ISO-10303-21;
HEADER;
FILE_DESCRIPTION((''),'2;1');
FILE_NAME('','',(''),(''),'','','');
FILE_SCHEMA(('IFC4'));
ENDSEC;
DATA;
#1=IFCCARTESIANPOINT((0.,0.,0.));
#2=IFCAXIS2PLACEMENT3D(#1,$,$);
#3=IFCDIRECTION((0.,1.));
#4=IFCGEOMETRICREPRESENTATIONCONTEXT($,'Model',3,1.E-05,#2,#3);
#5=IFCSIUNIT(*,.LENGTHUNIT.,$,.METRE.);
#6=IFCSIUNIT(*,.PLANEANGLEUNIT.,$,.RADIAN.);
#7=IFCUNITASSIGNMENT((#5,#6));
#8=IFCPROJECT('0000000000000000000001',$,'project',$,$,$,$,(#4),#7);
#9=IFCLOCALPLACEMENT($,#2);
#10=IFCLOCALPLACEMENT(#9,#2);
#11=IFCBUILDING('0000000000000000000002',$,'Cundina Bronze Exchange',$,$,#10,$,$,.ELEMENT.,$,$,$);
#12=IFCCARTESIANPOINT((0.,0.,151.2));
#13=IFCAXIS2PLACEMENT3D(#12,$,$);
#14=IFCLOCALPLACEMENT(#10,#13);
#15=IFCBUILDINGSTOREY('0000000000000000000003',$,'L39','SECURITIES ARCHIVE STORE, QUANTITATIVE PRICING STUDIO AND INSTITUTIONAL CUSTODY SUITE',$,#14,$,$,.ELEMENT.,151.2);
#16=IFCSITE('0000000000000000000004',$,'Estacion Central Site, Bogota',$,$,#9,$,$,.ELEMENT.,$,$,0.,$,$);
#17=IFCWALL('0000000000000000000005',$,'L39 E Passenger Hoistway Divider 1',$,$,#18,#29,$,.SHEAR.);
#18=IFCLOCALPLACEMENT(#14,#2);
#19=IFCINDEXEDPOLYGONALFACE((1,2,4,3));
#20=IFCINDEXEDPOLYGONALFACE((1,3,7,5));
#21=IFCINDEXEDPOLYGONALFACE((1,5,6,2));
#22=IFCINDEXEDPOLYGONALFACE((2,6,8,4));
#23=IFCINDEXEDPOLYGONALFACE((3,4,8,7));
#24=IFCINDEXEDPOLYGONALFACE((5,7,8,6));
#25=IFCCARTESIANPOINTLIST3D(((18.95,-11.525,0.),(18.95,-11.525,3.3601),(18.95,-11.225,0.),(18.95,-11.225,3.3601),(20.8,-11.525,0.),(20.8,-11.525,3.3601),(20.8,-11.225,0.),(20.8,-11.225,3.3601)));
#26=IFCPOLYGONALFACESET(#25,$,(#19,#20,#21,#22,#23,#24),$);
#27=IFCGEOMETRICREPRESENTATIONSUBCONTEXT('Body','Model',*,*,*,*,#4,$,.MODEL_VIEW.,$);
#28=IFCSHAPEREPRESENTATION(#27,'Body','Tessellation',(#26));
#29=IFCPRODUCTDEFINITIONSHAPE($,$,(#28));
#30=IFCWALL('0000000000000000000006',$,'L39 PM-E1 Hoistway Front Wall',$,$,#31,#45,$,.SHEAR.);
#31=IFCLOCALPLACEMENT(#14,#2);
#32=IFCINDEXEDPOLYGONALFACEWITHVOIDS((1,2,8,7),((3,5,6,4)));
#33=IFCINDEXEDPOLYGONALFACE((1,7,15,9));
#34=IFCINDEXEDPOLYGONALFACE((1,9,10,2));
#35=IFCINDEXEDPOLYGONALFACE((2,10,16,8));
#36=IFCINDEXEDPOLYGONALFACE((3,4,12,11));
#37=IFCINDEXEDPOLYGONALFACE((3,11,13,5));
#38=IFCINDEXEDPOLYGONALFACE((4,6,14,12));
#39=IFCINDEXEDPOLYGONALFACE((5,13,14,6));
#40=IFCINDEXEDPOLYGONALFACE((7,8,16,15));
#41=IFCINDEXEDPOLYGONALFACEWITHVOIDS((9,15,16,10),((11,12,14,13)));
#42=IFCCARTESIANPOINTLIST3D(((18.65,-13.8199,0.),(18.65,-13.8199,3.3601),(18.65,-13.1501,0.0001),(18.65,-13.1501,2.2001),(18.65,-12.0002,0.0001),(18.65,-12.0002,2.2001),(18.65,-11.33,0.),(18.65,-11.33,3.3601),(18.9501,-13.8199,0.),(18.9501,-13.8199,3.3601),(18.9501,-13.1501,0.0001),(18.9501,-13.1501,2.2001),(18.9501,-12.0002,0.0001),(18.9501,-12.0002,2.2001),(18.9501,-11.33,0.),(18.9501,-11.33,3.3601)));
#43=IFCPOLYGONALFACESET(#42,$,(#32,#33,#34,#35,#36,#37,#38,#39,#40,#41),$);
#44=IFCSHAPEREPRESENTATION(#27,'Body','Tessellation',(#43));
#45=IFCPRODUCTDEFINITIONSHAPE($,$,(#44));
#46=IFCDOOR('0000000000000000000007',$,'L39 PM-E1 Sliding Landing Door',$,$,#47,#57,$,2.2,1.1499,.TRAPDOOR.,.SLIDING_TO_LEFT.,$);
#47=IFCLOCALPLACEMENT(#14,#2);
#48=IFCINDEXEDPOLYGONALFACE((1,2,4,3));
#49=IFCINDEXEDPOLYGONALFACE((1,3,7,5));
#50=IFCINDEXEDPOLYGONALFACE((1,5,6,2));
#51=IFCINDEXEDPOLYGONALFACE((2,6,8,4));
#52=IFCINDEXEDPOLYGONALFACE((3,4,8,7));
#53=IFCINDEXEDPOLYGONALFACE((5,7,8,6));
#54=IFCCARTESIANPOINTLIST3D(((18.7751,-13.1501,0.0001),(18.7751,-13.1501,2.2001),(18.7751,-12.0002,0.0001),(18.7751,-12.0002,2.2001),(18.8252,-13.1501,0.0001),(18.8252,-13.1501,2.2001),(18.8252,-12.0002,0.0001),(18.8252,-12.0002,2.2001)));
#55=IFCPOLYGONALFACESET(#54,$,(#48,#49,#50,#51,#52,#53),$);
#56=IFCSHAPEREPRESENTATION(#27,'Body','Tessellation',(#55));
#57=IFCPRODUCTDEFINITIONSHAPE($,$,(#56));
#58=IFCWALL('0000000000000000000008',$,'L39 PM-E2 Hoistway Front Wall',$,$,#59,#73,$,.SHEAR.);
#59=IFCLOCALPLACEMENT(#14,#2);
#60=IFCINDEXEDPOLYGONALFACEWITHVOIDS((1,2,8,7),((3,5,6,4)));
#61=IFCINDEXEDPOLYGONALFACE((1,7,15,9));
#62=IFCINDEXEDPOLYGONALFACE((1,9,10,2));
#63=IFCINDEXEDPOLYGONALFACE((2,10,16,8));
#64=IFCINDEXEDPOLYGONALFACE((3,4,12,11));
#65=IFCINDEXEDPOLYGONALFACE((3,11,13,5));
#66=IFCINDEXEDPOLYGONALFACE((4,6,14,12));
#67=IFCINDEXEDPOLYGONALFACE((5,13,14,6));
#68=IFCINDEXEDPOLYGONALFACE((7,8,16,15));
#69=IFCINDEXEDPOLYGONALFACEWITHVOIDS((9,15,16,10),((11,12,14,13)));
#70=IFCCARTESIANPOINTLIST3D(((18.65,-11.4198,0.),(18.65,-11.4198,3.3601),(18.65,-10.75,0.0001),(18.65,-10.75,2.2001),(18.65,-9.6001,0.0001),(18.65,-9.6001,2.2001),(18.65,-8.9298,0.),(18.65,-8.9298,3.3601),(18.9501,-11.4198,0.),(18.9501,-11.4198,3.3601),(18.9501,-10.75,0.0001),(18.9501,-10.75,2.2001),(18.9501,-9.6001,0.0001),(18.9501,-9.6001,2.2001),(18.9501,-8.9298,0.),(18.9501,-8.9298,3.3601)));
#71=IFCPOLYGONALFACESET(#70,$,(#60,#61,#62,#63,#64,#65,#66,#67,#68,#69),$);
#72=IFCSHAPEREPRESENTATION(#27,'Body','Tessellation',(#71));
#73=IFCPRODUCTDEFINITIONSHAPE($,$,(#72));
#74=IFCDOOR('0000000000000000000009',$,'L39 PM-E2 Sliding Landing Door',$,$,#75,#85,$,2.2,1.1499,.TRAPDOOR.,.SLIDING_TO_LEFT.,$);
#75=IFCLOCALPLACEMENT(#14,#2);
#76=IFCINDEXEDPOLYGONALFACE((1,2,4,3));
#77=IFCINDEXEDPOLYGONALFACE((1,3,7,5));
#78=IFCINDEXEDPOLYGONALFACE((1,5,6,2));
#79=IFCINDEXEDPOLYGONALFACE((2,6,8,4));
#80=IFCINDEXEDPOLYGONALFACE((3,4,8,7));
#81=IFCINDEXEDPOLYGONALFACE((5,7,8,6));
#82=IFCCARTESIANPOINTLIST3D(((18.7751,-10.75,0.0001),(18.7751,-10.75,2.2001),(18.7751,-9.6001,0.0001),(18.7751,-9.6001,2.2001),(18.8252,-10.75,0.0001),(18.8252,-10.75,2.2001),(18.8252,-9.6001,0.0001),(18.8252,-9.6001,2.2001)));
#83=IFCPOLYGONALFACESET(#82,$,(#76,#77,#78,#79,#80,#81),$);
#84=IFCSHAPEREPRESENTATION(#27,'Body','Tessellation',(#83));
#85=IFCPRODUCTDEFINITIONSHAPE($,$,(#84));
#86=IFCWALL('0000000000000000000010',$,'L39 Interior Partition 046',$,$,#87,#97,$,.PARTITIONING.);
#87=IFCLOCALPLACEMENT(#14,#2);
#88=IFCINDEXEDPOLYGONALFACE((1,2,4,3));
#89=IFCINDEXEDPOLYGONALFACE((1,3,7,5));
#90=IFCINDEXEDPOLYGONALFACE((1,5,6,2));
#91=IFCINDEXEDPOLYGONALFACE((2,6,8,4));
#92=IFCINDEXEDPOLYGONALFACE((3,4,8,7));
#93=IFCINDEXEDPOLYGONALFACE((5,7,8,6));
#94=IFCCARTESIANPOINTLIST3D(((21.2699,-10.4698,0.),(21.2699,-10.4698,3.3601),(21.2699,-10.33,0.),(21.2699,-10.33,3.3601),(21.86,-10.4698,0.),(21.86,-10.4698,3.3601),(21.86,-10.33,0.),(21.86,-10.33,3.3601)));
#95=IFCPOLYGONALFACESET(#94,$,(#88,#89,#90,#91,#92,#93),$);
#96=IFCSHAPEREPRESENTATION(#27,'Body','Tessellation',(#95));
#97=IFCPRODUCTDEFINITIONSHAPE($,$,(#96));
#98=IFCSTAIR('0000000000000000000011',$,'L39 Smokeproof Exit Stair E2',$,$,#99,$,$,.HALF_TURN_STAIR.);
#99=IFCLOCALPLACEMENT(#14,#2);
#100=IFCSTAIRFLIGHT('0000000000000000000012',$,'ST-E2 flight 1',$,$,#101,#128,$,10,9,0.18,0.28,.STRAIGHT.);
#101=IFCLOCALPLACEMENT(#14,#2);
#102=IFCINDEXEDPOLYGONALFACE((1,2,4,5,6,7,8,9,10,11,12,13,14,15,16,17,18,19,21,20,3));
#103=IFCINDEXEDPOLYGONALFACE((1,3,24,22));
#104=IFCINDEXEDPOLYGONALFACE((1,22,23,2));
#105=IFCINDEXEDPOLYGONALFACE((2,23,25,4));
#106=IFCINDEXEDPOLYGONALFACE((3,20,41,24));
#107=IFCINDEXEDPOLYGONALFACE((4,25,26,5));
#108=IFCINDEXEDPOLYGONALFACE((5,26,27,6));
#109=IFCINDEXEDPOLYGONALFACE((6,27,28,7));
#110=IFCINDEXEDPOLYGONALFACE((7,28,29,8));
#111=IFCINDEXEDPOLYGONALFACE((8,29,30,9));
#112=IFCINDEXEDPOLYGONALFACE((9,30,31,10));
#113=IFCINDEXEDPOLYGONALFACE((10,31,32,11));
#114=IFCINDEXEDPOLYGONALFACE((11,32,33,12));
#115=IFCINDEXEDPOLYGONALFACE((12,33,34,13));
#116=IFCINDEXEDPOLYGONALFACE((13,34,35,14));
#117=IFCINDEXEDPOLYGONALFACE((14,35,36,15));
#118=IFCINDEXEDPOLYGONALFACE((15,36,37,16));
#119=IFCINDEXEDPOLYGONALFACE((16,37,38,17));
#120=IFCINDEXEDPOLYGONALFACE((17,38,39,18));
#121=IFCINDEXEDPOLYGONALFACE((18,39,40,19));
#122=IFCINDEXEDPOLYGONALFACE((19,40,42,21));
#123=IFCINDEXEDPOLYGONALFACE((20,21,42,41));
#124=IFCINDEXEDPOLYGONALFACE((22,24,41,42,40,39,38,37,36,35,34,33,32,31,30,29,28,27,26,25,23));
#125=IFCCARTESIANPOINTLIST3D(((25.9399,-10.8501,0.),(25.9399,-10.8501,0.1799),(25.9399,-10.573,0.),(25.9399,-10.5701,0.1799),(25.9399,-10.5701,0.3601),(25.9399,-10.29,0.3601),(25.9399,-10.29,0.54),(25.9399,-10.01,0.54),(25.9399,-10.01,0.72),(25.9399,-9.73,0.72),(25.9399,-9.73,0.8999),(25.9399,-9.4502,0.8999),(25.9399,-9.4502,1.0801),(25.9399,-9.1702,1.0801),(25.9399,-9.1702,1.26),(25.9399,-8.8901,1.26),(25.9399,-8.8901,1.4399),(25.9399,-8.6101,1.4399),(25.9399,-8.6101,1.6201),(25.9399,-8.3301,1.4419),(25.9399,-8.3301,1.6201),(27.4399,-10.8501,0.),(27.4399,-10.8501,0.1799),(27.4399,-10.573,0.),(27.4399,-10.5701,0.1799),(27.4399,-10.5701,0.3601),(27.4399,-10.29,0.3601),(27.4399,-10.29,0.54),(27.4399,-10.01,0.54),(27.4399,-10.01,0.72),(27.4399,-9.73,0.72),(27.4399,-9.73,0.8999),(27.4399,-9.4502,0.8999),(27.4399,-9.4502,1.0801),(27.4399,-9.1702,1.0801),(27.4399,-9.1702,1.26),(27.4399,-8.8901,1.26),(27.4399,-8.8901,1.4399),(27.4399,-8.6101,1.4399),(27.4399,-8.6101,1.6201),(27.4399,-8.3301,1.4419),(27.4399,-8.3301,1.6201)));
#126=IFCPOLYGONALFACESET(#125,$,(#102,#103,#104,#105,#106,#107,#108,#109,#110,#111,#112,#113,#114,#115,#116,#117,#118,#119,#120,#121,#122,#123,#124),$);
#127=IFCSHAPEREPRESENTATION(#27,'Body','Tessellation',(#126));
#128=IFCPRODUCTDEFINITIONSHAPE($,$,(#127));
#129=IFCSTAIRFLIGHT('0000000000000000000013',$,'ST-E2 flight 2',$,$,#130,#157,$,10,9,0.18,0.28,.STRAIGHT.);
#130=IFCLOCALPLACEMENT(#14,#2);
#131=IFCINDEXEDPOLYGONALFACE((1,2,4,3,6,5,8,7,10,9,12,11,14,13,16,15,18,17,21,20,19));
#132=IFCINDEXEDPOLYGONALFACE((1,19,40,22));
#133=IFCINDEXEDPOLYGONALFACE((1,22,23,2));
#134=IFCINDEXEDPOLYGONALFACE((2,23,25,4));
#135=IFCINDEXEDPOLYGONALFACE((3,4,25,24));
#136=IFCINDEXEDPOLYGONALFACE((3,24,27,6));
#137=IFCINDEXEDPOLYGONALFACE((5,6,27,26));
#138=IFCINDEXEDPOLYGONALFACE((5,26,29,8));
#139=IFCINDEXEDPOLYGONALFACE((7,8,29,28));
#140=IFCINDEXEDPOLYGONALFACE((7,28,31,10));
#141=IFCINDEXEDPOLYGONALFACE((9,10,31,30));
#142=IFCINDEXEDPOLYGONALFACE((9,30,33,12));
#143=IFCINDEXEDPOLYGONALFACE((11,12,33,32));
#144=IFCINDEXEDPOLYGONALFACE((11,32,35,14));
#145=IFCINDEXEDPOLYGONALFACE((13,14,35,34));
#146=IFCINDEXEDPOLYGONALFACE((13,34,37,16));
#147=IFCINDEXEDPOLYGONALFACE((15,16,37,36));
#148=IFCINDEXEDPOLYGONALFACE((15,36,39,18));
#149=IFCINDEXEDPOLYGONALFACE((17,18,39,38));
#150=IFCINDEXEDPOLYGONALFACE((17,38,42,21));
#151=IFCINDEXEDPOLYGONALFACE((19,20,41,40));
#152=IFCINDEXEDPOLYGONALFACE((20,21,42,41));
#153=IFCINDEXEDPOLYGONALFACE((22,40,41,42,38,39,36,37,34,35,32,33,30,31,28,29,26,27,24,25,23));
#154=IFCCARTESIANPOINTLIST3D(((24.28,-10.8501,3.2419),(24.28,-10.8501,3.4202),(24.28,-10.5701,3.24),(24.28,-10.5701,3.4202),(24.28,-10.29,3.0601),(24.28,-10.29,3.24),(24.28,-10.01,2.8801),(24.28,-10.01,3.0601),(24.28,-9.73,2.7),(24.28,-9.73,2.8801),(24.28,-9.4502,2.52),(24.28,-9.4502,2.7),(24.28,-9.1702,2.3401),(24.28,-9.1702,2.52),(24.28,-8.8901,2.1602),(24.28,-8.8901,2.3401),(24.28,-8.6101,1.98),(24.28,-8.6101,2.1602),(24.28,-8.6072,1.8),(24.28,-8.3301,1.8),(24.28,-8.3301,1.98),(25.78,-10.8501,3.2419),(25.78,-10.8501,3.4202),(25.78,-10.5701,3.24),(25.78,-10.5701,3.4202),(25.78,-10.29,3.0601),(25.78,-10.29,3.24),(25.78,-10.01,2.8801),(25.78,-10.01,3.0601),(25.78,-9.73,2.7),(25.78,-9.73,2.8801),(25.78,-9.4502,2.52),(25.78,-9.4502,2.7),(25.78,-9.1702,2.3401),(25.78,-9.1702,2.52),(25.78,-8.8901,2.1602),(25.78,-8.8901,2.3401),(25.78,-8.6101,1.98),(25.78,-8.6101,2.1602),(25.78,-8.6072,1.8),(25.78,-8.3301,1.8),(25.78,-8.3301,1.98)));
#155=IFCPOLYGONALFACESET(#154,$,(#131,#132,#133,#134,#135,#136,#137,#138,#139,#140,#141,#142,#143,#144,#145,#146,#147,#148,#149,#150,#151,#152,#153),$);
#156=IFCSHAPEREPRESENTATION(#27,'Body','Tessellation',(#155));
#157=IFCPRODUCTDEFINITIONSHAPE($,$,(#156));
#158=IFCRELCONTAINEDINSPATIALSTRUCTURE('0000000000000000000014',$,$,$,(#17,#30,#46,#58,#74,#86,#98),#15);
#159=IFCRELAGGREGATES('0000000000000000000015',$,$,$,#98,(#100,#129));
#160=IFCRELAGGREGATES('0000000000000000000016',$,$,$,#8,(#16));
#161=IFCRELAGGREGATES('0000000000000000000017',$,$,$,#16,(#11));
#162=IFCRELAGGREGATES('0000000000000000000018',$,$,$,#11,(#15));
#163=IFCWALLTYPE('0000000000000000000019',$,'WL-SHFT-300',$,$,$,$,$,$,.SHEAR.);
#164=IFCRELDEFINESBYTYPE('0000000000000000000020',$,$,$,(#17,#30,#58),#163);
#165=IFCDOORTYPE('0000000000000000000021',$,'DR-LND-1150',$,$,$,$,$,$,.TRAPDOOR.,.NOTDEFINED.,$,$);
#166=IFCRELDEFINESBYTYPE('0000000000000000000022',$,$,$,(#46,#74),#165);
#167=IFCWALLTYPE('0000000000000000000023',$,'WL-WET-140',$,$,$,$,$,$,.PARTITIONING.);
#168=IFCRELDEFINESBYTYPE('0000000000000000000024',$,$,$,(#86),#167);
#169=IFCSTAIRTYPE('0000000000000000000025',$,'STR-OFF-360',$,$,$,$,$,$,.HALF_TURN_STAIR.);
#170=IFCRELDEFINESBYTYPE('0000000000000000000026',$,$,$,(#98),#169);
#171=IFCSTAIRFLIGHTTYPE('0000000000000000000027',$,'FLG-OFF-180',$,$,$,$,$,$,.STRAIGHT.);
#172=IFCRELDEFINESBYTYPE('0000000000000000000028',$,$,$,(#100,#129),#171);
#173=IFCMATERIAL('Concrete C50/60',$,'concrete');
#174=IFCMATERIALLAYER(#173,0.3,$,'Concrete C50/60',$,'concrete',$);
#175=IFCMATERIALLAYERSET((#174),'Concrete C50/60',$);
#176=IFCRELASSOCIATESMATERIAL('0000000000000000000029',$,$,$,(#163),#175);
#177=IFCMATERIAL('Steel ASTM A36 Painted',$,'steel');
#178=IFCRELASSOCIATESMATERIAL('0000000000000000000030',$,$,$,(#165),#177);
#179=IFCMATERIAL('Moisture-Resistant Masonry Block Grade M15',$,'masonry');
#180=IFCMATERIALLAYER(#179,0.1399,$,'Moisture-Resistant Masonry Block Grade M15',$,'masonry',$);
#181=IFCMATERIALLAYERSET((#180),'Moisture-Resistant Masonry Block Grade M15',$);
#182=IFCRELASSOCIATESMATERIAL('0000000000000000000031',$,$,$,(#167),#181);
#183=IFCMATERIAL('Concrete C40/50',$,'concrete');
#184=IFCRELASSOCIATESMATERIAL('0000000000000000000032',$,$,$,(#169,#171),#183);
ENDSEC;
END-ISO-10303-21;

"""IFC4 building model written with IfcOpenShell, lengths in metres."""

from ifc_helpers import new_model, si_unit, direction, frame, frame_2d, origin, place, context, subcontext, project, spatial, polyline, rectangle, outline, extrude, material, layer, layer_set, type_object, element, fill, aggregate, save


model = new_model("IFC4")

# Units and contexts
model_context = context("Model", 3, precision=1e-05, world=origin(), true_north=direction((0.0, 1.0)))
body_context = subcontext(model_context, "Body", "Model", "MODEL_VIEW")
ifc_project = project(units=[si_unit("LENGTHUNIT", "METRE"), si_unit("PLANEANGLEUNIT", "RADIAN")], contexts=[model_context])

# Site, building, storey
site_placement = place(None, origin())
site = spatial("IfcSite", under=ifc_project, at=site_placement, Name="Estacion Central Site, Bogota", CompositionType="ELEMENT", RefElevation=0.0)
building_placement = place(site_placement, origin())
building = spatial("IfcBuilding", under=site, at=building_placement, Name="Cundina Bronze Exchange", CompositionType="ELEMENT")
storey_placement = place(building_placement, frame((0.0, 0.0, 151.2)))
storey = spatial("IfcBuildingStorey", under=building, at=storey_placement, Name="L39", Description="SECURITIES ARCHIVE STORE, QUANTITATIVE PRICING STUDIO AND INSTITUTIONAL CUSTODY SUITE", CompositionType="ELEMENT", Elevation=151.2)

# Shared definitions
ifc_material_1 = material(Name="Concrete C50/60", Category="concrete")

# Shared definitions
ifc_layer_1 = layer(ifc_material_1, 0.3, Name="Concrete C50/60", Category="concrete")
ifc_layer_set_1 = layer_set([ifc_layer_1], Name="Concrete C50/60")
wall_type_1 = type_object("IfcWallType", Name="WL-SHFT-300", PredefinedType="SHEAR", material=ifc_layer_set_1)

# Shared definitions
ifc_material_2 = material(Name="Steel ASTM A36 Painted", Category="steel")
door_type_1 = type_object("IfcDoorType", Name="DR-LND-1150", OperationType="NOTDEFINED", PredefinedType="TRAPDOOR", material=ifc_material_2)

# Wall
wall_1_placement = place(storey_placement, frame((18.95, -11.375, 0.0), z_axis=(0.0, 0.0, 1.0), x_axis=(1.0, 0.0, 0.0)))
element("IfcWall", 1, at=wall_1_placement, inside=storey, type_object=wall_type_1, Name="L39 E Passenger Hoistway Divider 1", PredefinedType="SHEAR", context=body_context, shape_type="SweptSolid", body=[
    extrude(rectangle(XDim=1.8501, YDim=0.3, at=frame_2d((0.925, 0.0))), origin(), (0.0, 0.0, 1.0), 3.3601),
])

# Walls, openings, doors
wall_2_placement = place(storey_placement, frame((18.8, -13.8201, 0.0), z_axis=(0.0, 0.0, 1.0), x_axis=(0.0, 1.0, 0.0)))
wall_2 = element("IfcWall", 2, at=wall_2_placement, inside=storey, type_object=wall_type_1, Name="L39 PM-E1 Hoistway Front Wall", PredefinedType="SHEAR", context=body_context, shape_type="SweptSolid", body=[
    extrude(rectangle(XDim=2.49, YDim=0.3, at=frame_2d((1.2451, 0.0))), origin(), (0.0, 0.0, 1.0), 3.3601),
])
opening_1_placement = place(wall_2_placement, frame((0.6699, 0.0, 0.0)))
opening_1 = element("IfcOpeningElement", 3, at=opening_1_placement, cuts=wall_2, PredefinedType="OPENING", context=body_context, shape_type="SweptSolid", body=[
    extrude(rectangle(XDim=1.1499, YDim=2.2, at=frame_2d((0.575, 1.1001))), frame((0.0, 0.1599, 0.0), z_axis=(0.0, -1.0, 0.0), x_axis=(1.0, 0.0, 0.0)), (0.0, 0.0, 1.0), 0.3201),
])
door_1_placement = place(opening_1_placement, origin())
door_1 = element("IfcDoor", 4, at=door_1_placement, inside=storey, type_object=door_type_1, Name="L39 PM-E1 Sliding Landing Door", OperationType="SLIDING_TO_LEFT", OverallHeight=2.2, OverallWidth=1.1499, PredefinedType="TRAPDOOR", context=body_context, shape_type="SweptSolid", body=[
    extrude(rectangle(XDim=1.1499, YDim=2.2, at=frame_2d((0.575, 1.1001))), frame((0.0, 0.0249, 0.0), z_axis=(0.0, -1.0, 0.0), x_axis=(1.0, 0.0, 0.0)), (0.0, 0.0, 1.0), 0.05),
])
fill(opening_1, door_1)
wall_3_placement = place(storey_placement, frame((18.8, -11.4199, 0.0), z_axis=(0.0, 0.0, 1.0), x_axis=(0.0, 1.0, 0.0)))
wall_3 = element("IfcWall", 5, at=wall_3_placement, inside=storey, type_object=wall_type_1, Name="L39 PM-E2 Hoistway Front Wall", PredefinedType="SHEAR", context=body_context, shape_type="SweptSolid", body=[
    extrude(rectangle(XDim=2.49, YDim=0.3, at=frame_2d((1.2451, 0.0))), origin(), (0.0, 0.0, 1.0), 3.3601),
])
opening_2_placement = place(wall_3_placement, frame((0.6699, 0.0, 0.0)))
opening_2 = element("IfcOpeningElement", 6, at=opening_2_placement, cuts=wall_3, PredefinedType="OPENING", context=body_context, shape_type="SweptSolid", body=[
    extrude(rectangle(XDim=1.1499, YDim=2.2, at=frame_2d((0.575, 1.1001))), frame((0.0, 0.1599, 0.0), z_axis=(0.0, -1.0, 0.0), x_axis=(1.0, 0.0, 0.0)), (0.0, 0.0, 1.0), 0.3201),
])
door_2_placement = place(opening_2_placement, origin())
door_2 = element("IfcDoor", 7, at=door_2_placement, inside=storey, type_object=door_type_1, Name="L39 PM-E2 Sliding Landing Door", OperationType="SLIDING_TO_LEFT", OverallHeight=2.2, OverallWidth=1.1499, PredefinedType="TRAPDOOR", context=body_context, shape_type="SweptSolid", body=[
    extrude(rectangle(XDim=1.1499, YDim=2.2, at=frame_2d((0.575, 1.1001))), frame((0.0, 0.0249, 0.0), z_axis=(0.0, -1.0, 0.0), x_axis=(1.0, 0.0, 0.0)), (0.0, 0.0, 1.0), 0.05),
])
fill(opening_2, door_2)

# Wall
ifc_material_3 = material(Name="Moisture-Resistant Masonry Block Grade M15", Category="masonry")
ifc_layer_2 = layer(ifc_material_3, 0.1399, Name="Moisture-Resistant Masonry Block Grade M15", Category="masonry")
ifc_layer_set_2 = layer_set([ifc_layer_2], Name="Moisture-Resistant Masonry Block Grade M15")
wall_type_2 = type_object("IfcWallType", Name="WL-WET-140", PredefinedType="PARTITIONING", material=ifc_layer_set_2)
wall_4_placement = place(storey_placement, frame((21.27, -10.3999, 0.0), z_axis=(0.0, 0.0, 1.0), x_axis=(1.0, 0.0, 0.0)))
element("IfcWall", 8, at=wall_4_placement, inside=storey, type_object=wall_type_2, Name="L39 Interior Partition 046", PredefinedType="PARTITIONING", context=body_context, shape_type="SweptSolid", body=[
    extrude(rectangle(XDim=0.5901, YDim=0.1399, at=frame_2d((0.2949, 0.0))), origin(), (0.0, 0.0, 1.0), 3.3601),
])

# Stair, stair flights
ifc_material_4 = material(Name="Concrete C40/50", Category="concrete")
stair_type = type_object("IfcStairType", Name="STR-OFF-360", PredefinedType="HALF_TURN_STAIR", material=ifc_material_4)
stair_placement = place(storey_placement, origin())
stair = element("IfcStair", 9, at=stair_placement, inside=storey, type_object=stair_type, Name="L39 Smokeproof Exit Stair E2", PredefinedType="HALF_TURN_STAIR")
stair_flight_type = type_object("IfcStairFlightType", Name="FLG-OFF-180", PredefinedType="STRAIGHT", material=ifc_material_4)
stair_flight_1_placement = place(storey_placement, frame((26.6899, -10.8501, 0.0), z_axis=(0.0, 0.0, 1.0), x_axis=(0.0, 1.0, 0.0)))
stair_flight_1 = element("IfcStairFlight", 10, at=stair_flight_1_placement, type_object=stair_flight_type, Name="ST-E2 flight 1", NumberOfRisers=10, NumberOfTreads=9, PredefinedType="STRAIGHT", RiserHeight=0.18, TreadLength=0.28, context=body_context, shape_type="SweptSolid", body=[
    extrude(outline(polyline([(0.0, 0.0), (0.0, 0.1799), (0.28, 0.1799), (0.28, 0.3601), (0.5601, 0.3601), (0.5601, 0.54), (0.8401, 0.54), (0.8401, 0.72), (1.1201, 0.72), (1.1201, 0.8999), (1.3999, 0.8999), (1.3999, 1.0801), (1.6799, 1.0801), (1.6799, 1.26), (1.96, 1.26), (1.96, 1.4399), (2.24, 1.4399), (2.24, 1.6201), (2.52, 1.6201), (2.52, 1.8), (2.52, 1.4419), (0.2771, 0.0), (0.0, 0.0)])), frame((0.0, 0.75, 0.0), z_axis=(0.0, -1.0, 0.0), x_axis=(1.0, 0.0, 0.0)), (0.0, 0.0, 1.0), 1.5),
])
stair_flight_2_placement = place(storey_placement, frame((25.03, -8.3301, 1.8), z_axis=(0.0, 0.0, 1.0), x_axis=(0.0, -1.0, 0.0)))
stair_flight_2 = element("IfcStairFlight", 11, at=stair_flight_2_placement, type_object=stair_flight_type, Name="ST-E2 flight 2", NumberOfRisers=10, NumberOfTreads=9, PredefinedType="STRAIGHT", RiserHeight=0.18, TreadLength=0.28, context=body_context, shape_type="SweptSolid", body=[
    extrude(outline(polyline([(0.0, 0.0), (0.0, 0.1799), (0.28, 0.1799), (0.28, 0.3601), (0.5601, 0.3601), (0.5601, 0.54), (0.8401, 0.54), (0.8401, 0.72), (1.1201, 0.72), (1.1201, 0.8999), (1.3999, 0.8999), (1.3999, 1.0801), (1.6799, 1.0801), (1.6799, 1.26), (1.96, 1.26), (1.96, 1.4399), (2.24, 1.4399), (2.24, 1.6201), (2.52, 1.6201), (2.52, 1.8), (2.52, 1.4419), (0.2771, 0.0), (0.0, 0.0)])), frame((0.0, 0.75, 0.0), z_axis=(0.0, -1.0, 0.0), x_axis=(1.0, 0.0, 0.0)), (0.0, 0.0, 1.0), 1.5),
])
aggregate(stair, [stair_flight_1, stair_flight_2])

save(model, "model.ifc")
